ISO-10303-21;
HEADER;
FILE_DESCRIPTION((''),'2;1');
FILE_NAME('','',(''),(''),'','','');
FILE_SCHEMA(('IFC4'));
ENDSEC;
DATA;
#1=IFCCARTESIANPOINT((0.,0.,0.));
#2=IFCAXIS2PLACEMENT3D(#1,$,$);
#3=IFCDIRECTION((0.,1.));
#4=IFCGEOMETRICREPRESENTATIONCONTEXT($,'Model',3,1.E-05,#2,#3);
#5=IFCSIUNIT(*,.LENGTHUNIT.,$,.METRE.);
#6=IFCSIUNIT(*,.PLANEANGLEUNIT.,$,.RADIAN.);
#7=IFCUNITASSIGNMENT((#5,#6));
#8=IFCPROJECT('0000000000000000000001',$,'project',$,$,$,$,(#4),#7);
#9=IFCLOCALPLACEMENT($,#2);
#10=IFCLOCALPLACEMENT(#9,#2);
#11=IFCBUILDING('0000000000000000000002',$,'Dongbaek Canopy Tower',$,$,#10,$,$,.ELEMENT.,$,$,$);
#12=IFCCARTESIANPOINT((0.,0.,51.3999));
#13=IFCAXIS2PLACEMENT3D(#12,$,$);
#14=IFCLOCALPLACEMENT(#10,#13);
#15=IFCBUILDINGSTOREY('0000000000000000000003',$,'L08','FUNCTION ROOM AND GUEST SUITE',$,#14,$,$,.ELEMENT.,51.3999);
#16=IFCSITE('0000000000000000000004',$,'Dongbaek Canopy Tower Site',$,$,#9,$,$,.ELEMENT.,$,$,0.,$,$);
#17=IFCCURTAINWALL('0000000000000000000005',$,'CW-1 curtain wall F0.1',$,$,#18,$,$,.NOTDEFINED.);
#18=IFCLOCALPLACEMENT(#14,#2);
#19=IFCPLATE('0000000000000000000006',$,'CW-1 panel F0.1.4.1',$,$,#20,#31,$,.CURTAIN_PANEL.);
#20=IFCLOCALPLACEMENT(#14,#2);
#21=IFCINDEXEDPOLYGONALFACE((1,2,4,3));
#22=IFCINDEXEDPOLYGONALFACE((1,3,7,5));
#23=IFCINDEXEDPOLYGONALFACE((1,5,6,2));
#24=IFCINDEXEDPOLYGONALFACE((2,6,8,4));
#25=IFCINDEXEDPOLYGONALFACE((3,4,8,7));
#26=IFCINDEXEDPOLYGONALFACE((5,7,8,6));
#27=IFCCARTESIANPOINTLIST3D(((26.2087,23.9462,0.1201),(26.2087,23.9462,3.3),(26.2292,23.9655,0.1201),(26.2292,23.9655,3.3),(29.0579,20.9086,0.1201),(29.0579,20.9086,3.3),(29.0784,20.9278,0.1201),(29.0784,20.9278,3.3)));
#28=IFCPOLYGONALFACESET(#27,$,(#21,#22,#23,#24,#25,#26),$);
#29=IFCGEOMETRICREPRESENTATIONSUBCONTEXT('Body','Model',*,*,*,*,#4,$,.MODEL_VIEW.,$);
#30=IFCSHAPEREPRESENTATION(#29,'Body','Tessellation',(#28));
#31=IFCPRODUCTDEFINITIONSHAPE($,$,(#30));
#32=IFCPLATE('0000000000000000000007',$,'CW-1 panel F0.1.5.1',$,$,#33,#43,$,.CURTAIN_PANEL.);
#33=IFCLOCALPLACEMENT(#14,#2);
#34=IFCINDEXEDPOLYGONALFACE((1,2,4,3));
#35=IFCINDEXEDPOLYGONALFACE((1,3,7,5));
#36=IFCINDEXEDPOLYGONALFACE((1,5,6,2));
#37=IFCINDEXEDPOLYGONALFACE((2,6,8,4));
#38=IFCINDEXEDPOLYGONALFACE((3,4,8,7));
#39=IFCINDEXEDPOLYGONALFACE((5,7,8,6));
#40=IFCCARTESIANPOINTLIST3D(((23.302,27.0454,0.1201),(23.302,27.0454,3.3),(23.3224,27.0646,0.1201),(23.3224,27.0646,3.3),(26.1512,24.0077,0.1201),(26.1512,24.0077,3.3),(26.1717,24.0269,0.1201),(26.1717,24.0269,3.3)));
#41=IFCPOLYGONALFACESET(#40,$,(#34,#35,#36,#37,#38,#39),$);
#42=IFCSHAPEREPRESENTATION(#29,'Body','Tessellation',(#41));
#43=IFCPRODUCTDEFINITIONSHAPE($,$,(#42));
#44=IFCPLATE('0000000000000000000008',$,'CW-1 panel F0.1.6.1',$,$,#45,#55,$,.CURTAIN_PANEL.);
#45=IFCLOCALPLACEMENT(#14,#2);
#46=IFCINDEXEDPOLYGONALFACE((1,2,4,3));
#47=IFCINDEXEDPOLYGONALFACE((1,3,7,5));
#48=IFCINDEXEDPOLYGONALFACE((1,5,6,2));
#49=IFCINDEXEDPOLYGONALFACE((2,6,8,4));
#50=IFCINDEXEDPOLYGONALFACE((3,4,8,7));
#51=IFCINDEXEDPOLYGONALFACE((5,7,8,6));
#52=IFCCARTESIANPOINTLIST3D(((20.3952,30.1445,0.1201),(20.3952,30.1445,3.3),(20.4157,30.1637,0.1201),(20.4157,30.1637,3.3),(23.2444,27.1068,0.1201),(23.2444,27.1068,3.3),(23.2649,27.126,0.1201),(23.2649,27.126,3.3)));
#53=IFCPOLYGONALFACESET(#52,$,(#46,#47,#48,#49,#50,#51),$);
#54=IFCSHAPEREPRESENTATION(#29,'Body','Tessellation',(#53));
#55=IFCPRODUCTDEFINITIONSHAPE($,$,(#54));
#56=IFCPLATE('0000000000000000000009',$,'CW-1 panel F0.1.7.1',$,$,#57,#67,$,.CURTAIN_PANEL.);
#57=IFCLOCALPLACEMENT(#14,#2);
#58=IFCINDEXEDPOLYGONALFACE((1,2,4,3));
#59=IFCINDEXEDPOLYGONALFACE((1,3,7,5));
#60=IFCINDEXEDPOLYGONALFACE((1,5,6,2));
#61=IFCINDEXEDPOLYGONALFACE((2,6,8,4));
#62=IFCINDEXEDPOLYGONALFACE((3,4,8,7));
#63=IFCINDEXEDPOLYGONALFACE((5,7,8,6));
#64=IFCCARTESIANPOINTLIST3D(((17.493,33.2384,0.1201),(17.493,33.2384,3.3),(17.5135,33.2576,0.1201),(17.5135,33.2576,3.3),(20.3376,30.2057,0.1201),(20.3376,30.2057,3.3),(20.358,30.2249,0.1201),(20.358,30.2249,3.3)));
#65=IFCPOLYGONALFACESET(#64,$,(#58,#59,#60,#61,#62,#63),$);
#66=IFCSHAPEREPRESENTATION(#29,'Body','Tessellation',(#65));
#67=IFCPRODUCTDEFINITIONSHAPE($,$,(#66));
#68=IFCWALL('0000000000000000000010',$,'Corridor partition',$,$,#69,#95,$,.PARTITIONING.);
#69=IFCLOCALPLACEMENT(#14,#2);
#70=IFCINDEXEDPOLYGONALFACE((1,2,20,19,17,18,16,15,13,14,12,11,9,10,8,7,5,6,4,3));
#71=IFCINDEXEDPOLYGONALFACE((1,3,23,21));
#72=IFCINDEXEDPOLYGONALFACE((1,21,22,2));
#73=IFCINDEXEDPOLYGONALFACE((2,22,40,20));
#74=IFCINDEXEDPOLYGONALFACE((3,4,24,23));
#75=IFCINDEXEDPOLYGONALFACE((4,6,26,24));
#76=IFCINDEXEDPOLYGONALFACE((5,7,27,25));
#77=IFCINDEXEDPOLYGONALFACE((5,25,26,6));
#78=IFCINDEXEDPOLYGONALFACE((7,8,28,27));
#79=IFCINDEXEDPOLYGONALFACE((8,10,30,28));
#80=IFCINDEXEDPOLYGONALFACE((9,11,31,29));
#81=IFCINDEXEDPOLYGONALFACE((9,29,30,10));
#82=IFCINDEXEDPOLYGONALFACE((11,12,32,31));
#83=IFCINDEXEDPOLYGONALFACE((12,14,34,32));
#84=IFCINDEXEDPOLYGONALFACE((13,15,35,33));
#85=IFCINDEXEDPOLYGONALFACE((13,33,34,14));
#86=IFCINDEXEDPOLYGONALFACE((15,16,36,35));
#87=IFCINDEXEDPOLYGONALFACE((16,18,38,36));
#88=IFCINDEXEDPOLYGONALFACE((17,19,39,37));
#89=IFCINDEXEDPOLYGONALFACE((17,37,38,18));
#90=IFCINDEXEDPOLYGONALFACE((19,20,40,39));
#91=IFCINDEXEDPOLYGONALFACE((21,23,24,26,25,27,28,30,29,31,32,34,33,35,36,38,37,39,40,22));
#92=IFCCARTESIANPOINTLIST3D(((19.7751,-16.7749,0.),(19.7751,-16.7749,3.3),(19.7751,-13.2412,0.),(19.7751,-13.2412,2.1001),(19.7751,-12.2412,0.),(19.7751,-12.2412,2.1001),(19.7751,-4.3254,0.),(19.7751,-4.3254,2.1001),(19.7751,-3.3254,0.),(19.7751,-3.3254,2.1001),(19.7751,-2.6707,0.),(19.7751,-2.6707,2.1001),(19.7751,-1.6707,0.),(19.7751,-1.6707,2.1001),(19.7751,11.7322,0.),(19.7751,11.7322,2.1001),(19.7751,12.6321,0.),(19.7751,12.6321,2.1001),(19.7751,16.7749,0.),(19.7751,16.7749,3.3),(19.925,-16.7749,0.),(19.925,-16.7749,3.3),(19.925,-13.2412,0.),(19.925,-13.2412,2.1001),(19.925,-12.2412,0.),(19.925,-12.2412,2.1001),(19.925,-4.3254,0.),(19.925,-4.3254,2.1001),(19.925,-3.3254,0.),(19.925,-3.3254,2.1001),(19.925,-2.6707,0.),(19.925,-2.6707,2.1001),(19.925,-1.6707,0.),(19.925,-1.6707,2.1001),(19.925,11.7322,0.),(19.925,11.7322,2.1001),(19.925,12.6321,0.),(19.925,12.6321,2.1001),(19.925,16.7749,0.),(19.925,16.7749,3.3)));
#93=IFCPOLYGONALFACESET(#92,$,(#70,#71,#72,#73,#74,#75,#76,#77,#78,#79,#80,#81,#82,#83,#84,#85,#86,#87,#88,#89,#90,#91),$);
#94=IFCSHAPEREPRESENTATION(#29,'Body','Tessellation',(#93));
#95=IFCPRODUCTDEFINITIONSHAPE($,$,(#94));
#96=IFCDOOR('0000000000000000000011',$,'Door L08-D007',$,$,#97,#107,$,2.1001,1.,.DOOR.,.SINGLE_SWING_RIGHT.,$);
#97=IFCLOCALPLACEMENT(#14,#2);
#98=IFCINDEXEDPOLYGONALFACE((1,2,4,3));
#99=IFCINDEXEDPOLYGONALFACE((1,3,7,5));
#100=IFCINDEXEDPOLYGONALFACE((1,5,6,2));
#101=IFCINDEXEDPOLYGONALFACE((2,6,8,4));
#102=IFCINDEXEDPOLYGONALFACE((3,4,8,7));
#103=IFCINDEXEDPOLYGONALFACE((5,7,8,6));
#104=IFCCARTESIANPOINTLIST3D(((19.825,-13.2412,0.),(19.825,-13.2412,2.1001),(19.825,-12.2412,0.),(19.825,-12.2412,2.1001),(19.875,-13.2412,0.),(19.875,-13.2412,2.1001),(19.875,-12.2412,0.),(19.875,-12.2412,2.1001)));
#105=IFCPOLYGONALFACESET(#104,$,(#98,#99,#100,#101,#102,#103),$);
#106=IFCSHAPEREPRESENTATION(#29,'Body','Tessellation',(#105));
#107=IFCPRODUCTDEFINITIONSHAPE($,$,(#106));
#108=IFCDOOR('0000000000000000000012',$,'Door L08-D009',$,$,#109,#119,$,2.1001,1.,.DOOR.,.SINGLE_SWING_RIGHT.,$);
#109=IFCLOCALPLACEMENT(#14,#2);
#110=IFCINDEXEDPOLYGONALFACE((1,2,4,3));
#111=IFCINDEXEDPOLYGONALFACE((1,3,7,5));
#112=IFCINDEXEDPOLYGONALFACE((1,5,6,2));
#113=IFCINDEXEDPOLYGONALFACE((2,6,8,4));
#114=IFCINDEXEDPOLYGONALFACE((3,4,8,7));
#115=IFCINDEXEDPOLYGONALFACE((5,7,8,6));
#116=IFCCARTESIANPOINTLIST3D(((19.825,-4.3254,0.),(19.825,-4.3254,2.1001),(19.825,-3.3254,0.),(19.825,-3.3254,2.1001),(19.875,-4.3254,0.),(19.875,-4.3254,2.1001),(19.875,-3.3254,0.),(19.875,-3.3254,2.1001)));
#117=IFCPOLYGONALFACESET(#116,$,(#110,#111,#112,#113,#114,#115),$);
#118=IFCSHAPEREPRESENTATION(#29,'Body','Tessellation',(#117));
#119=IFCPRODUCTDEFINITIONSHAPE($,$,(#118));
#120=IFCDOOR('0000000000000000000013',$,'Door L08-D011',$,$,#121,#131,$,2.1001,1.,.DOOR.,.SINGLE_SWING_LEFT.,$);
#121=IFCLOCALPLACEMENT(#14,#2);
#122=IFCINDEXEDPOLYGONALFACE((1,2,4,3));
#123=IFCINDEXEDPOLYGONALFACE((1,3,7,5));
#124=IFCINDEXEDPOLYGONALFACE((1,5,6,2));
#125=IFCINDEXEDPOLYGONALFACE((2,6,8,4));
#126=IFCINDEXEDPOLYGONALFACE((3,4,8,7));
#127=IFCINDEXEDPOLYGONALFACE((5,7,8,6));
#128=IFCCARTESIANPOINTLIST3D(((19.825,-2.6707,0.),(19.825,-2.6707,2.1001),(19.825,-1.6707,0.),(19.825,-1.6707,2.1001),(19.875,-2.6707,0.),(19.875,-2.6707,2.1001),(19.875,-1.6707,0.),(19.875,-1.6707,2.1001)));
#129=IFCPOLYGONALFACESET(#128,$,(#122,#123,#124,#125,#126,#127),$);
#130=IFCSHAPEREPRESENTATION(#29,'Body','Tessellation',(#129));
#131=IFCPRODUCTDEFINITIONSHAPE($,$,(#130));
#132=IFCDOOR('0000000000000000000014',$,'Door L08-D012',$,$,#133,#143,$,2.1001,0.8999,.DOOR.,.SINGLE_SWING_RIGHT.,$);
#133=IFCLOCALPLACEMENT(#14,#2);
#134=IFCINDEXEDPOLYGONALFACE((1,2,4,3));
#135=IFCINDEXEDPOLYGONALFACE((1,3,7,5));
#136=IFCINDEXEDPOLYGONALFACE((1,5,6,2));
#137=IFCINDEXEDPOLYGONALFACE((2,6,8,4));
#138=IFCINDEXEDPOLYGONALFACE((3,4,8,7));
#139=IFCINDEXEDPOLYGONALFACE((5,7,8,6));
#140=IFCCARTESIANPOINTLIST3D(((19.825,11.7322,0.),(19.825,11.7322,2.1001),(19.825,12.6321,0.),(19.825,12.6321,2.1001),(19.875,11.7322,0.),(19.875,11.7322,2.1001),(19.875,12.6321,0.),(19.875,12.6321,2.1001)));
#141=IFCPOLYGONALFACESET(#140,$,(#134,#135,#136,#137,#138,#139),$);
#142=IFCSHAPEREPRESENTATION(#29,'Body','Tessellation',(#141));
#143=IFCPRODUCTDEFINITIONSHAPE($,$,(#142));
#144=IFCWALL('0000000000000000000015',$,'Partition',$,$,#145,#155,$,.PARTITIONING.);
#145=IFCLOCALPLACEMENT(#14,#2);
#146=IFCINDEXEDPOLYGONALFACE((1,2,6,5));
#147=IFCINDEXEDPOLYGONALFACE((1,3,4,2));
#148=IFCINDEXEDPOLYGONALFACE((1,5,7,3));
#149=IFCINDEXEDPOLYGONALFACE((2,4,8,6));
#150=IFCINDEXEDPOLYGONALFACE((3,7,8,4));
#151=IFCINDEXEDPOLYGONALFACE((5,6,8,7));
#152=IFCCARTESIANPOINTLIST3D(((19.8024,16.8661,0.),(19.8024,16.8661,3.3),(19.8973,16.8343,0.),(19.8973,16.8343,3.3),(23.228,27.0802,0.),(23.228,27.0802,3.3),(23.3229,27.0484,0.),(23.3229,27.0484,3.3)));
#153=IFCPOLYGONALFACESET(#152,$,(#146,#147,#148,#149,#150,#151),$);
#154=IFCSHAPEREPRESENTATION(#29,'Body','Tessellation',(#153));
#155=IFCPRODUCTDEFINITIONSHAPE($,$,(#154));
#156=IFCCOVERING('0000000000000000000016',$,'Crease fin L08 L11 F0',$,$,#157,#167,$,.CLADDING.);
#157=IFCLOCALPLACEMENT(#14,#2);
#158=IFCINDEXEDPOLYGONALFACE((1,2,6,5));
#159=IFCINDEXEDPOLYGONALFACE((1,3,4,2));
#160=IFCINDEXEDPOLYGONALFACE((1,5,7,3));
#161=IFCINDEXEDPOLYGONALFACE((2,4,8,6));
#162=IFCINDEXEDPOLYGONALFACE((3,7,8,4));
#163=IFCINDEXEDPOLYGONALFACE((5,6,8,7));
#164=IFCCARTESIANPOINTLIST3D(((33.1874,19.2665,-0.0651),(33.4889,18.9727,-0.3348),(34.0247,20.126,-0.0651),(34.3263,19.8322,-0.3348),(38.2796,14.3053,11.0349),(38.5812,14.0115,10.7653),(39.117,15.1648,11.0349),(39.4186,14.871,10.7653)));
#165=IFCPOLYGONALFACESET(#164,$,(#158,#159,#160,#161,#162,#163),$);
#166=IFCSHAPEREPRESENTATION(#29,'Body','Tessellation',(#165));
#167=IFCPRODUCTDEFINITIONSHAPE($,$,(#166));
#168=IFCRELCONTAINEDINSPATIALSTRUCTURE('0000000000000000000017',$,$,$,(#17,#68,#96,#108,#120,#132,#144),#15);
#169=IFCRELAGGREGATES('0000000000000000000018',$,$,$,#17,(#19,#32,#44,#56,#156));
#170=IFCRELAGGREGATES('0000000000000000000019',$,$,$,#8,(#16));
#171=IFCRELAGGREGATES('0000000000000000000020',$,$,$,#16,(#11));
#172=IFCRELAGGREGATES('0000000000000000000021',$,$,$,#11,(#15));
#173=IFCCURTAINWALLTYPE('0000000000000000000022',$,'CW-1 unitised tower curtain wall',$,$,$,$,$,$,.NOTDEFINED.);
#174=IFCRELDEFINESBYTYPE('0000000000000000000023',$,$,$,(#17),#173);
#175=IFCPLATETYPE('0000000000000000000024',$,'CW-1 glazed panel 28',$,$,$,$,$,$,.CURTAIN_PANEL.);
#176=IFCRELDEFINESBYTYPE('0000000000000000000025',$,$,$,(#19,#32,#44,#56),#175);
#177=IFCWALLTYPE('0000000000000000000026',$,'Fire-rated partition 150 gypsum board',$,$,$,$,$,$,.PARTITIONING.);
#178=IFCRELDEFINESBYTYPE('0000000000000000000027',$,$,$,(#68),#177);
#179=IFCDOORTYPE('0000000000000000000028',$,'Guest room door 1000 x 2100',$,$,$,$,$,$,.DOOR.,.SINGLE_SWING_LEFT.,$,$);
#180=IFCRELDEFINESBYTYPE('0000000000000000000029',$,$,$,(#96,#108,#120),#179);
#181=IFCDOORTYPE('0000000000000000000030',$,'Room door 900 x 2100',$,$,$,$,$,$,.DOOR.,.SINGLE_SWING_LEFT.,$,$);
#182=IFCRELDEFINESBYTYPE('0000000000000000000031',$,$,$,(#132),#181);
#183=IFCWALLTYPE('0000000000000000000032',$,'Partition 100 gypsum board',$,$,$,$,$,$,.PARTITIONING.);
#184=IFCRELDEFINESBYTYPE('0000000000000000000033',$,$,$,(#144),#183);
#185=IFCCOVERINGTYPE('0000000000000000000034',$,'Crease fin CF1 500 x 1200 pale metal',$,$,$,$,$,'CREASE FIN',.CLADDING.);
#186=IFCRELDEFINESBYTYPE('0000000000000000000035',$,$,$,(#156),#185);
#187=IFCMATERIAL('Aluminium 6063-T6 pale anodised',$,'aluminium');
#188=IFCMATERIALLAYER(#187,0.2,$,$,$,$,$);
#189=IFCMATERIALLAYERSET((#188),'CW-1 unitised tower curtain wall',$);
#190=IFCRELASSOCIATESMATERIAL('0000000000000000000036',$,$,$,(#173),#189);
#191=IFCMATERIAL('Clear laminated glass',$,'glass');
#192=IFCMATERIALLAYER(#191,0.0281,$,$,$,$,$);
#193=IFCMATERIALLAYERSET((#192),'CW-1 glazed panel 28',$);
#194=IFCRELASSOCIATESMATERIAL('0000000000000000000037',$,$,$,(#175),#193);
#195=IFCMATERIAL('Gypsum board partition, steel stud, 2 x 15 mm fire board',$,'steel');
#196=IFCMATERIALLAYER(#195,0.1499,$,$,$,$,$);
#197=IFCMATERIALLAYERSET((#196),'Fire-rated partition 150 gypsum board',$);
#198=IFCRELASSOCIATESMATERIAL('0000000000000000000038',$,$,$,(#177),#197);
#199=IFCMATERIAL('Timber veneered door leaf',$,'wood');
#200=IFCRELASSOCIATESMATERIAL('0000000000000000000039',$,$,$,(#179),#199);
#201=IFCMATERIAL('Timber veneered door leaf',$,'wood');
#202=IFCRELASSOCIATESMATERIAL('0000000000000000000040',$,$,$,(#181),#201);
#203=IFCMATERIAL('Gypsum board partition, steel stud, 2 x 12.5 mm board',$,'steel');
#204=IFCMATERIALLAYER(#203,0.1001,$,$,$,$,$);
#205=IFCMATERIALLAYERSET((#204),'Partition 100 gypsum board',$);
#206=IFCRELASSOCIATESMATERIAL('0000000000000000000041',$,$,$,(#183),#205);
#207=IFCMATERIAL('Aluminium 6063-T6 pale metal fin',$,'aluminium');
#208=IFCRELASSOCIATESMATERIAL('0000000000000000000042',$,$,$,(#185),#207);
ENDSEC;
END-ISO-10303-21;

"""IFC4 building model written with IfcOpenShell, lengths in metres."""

from ifc_helpers import new_model, si_unit, direction, frame, frame_2d, origin, origin_2d, place, context, subcontext, project, spatial, rectangle, extrude, material, layer, layer_set, material_profile, profile_set, type_object, element, fill, aggregate, save


model = new_model("IFC4")

# Units and contexts
model_context = context("Model", 3, precision=1e-05, world=origin(), true_north=direction((0.0, 1.0)))
body_context = subcontext(model_context, "Body", "Model", "MODEL_VIEW")
ifc_project = project(units=[si_unit("LENGTHUNIT", "METRE"), si_unit("PLANEANGLEUNIT", "RADIAN")], contexts=[model_context])

# Site, building, storey
site_placement = place(None, origin())
site = spatial("IfcSite", under=ifc_project, at=site_placement, Name="Dongbaek Canopy Tower Site", CompositionType="ELEMENT", RefElevation=0.0)
building_placement = place(site_placement, origin())
building = spatial("IfcBuilding", under=site, at=building_placement, Name="Dongbaek Canopy Tower", CompositionType="ELEMENT")
storey_placement = place(building_placement, frame((0.0, 0.0, 51.3999)))
storey = spatial("IfcBuildingStorey", under=building, at=storey_placement, Name="L08", Description="FUNCTION ROOM AND GUEST SUITE", CompositionType="ELEMENT", Elevation=51.3999)

# Curtain wall
ifc_material_1 = material(Name="Aluminium 6063-T6 pale anodised", Category="aluminium")
ifc_layer_1 = layer(ifc_material_1, 0.2)
ifc_layer_set_1 = layer_set([ifc_layer_1], Name="CW-1 unitised tower curtain wall")
curtain_wall_type = type_object("IfcCurtainWallType", Name="CW-1 unitised tower curtain wall", PredefinedType="NOTDEFINED", material=ifc_layer_set_1)
curtain_wall_placement = place(storey_placement, origin())
curtain_wall = element("IfcCurtainWall", 1, at=curtain_wall_placement, inside=storey, type_object=curtain_wall_type, Name="CW-1 curtain wall F0.1", PredefinedType="NOTDEFINED")

# Plates
ifc_material_2 = material(Name="Clear laminated glass", Category="glass")
ifc_layer_2 = layer(ifc_material_2, 0.0281)
ifc_layer_set_2 = layer_set([ifc_layer_2], Name="CW-1 glazed panel 28")
plate_type = type_object("IfcPlateType", Name="CW-1 glazed panel 28", PredefinedType="CURTAIN_PANEL", material=ifc_layer_set_2)
plate_1_placement = place(storey_placement, frame((27.6436, 22.437, 0.1201), z_axis=(0.0, 0.0, 1.0), x_axis=(-0.68412, 0.729369, 0.0)))
plate_1 = element("IfcPlate", 2, at=plate_1_placement, type_object=plate_type, Name="CW-1 panel F0.1.4.1", PredefinedType="CURTAIN_PANEL", context=body_context, shape_type="SweptSolid", body=[
    extrude(rectangle(XDim=4.1648, YDim=0.0281, at=origin_2d()), origin(), (0.0, 0.0, 1.0), 3.1799),
])
plate_2_placement = place(storey_placement, frame((24.7368, 25.5361, 0.1201), z_axis=(0.0, 0.0, 1.0), x_axis=(-0.68412, 0.729369, 0.0)))
plate_2 = element("IfcPlate", 3, at=plate_2_placement, type_object=plate_type, Name="CW-1 panel F0.1.5.1", PredefinedType="CURTAIN_PANEL", context=body_context, shape_type="SweptSolid", body=[
    extrude(rectangle(XDim=4.1648, YDim=0.0281, at=origin_2d()), origin(), (0.0, 0.0, 1.0), 3.1799),
])
plate_3_placement = place(storey_placement, frame((21.8301, 28.6353, 0.1201), z_axis=(0.0, 0.0, 1.0), x_axis=(-0.68412, 0.729369, 0.0)))
plate_3 = element("IfcPlate", 4, at=plate_3_placement, type_object=plate_type, Name="CW-1 panel F0.1.6.1", PredefinedType="CURTAIN_PANEL", context=body_context, shape_type="SweptSolid", body=[
    extrude(rectangle(XDim=4.1648, YDim=0.0281, at=origin_2d()), origin(), (0.0, 0.0, 1.0), 3.1799),
])
plate_4_placement = place(storey_placement, frame((18.9255, 31.7317, 0.1201), z_axis=(0.0, 0.0, 1.0), x_axis=(-0.68412, 0.729369, 0.0)))
plate_4 = element("IfcPlate", 5, at=plate_4_placement, type_object=plate_type, Name="CW-1 panel F0.1.7.1", PredefinedType="CURTAIN_PANEL", context=body_context, shape_type="SweptSolid", body=[
    extrude(rectangle(XDim=4.158, YDim=0.0281, at=origin_2d()), origin(), (0.0, 0.0, 1.0), 3.1799),
])

# Wall, openings, doors
ifc_material_3 = material(Name="Gypsum board partition, steel stud, 2 x 15 mm fire board", Category="steel")
ifc_layer_3 = layer(ifc_material_3, 0.1499)
ifc_layer_set_3 = layer_set([ifc_layer_3], Name="Fire-rated partition 150 gypsum board")
wall_type_1 = type_object("IfcWallType", Name="Fire-rated partition 150 gypsum board", PredefinedType="PARTITIONING", material=ifc_layer_set_3)
wall_1_placement = place(storey_placement, frame((19.8501, 16.7749, 0.0), z_axis=(0.0, 0.0, 1.0), x_axis=(0.0, -1.0, 0.0)))
wall_1 = element("IfcWall", 6, at=wall_1_placement, inside=storey, type_object=wall_type_1, Name="Corridor partition", PredefinedType="PARTITIONING", context=body_context, shape_type="SweptSolid", body=[
    extrude(rectangle(XDim=33.5498, YDim=0.1499, at=frame_2d((16.7749, 0.0))), origin(), (0.0, 0.0, 1.0), 3.3),
])
opening_1_placement = place(wall_1_placement, frame((29.0161, 0.0, 0.0)))
opening_1 = element("IfcOpeningElement", 7, at=opening_1_placement, cuts=wall_1, PredefinedType="OPENING", context=body_context, shape_type="SweptSolid", body=[
    extrude(rectangle(XDim=1.0, YDim=2.1001, at=frame_2d((0.5, 1.05))), frame((0.0, 0.085, 0.0), z_axis=(0.0, -1.0, 0.0), x_axis=(1.0, 0.0, 0.0)), (0.0, 0.0, 1.0), 0.1699),
])
opening_2_placement = place(wall_1_placement, frame((20.1003, 0.0, 0.0)))
opening_2 = element("IfcOpeningElement", 8, at=opening_2_placement, cuts=wall_1, PredefinedType="OPENING", context=body_context, shape_type="SweptSolid", body=[
    extrude(rectangle(XDim=1.0, YDim=2.1001, at=frame_2d((0.5, 1.05))), frame((0.0, 0.085, 0.0), z_axis=(0.0, -1.0, 0.0), x_axis=(1.0, 0.0, 0.0)), (0.0, 0.0, 1.0), 0.1699),
])
opening_3_placement = place(wall_1_placement, frame((18.4456, 0.0, 0.0)))
opening_3 = element("IfcOpeningElement", 9, at=opening_3_placement, cuts=wall_1, PredefinedType="OPENING", context=body_context, shape_type="SweptSolid", body=[
    extrude(rectangle(XDim=1.0, YDim=2.1001, at=frame_2d((0.5, 1.05))), frame((0.0, 0.085, 0.0), z_axis=(0.0, -1.0, 0.0), x_axis=(1.0, 0.0, 0.0)), (0.0, 0.0, 1.0), 0.1699),
])
opening_4_placement = place(wall_1_placement, frame((4.1428, 0.0, 0.0)))
opening_4 = element("IfcOpeningElement", 10, at=opening_4_placement, cuts=wall_1, PredefinedType="OPENING", context=body_context, shape_type="SweptSolid", body=[
    extrude(rectangle(XDim=0.8999, YDim=2.1001, at=frame_2d((0.45, 1.05))), frame((0.0, 0.085, 0.0), z_axis=(0.0, -1.0, 0.0), x_axis=(1.0, 0.0, 0.0)), (0.0, 0.0, 1.0), 0.1699),
])
ifc_material_4 = material(Name="Timber veneered door leaf", Category="wood")
door_type_1 = type_object("IfcDoorType", Name="Guest room door 1000 x 2100", OperationType="SINGLE_SWING_LEFT", PredefinedType="DOOR", material=ifc_material_4)
door_1_placement = place(opening_1_placement, origin())
door_1 = element("IfcDoor", 11, at=door_1_placement, inside=storey, type_object=door_type_1, Name="Door L08-D007", OperationType="SINGLE_SWING_RIGHT", OverallHeight=2.1001, OverallWidth=1.0, PredefinedType="DOOR", context=body_context, shape_type="SweptSolid", body=[
    extrude(rectangle(XDim=1.0, YDim=2.1001, at=frame_2d((0.5, 1.05))), frame((0.0, 0.0249, 0.0), z_axis=(0.0, -1.0, 0.0), x_axis=(1.0, 0.0, 0.0)), (0.0, 0.0, 1.0), 0.05),
])
fill(opening_1, door_1)
door_2_placement = place(opening_2_placement, origin())
door_2 = element("IfcDoor", 12, at=door_2_placement, inside=storey, type_object=door_type_1, Name="Door L08-D009", OperationType="SINGLE_SWING_RIGHT", OverallHeight=2.1001, OverallWidth=1.0, PredefinedType="DOOR", context=body_context, shape_type="SweptSolid", body=[
    extrude(rectangle(XDim=1.0, YDim=2.1001, at=frame_2d((0.5, 1.05))), frame((0.0, 0.0249, 0.0), z_axis=(0.0, -1.0, 0.0), x_axis=(1.0, 0.0, 0.0)), (0.0, 0.0, 1.0), 0.05),
])
fill(opening_2, door_2)
door_3_placement = place(opening_3_placement, origin())
door_3 = element("IfcDoor", 13, at=door_3_placement, inside=storey, type_object=door_type_1, Name="Door L08-D011", OperationType="SINGLE_SWING_LEFT", OverallHeight=2.1001, OverallWidth=1.0, PredefinedType="DOOR", context=body_context, shape_type="SweptSolid", body=[
    extrude(rectangle(XDim=1.0, YDim=2.1001, at=frame_2d((0.5, 1.05))), frame((0.0, 0.0249, 0.0), z_axis=(0.0, -1.0, 0.0), x_axis=(1.0, 0.0, 0.0)), (0.0, 0.0, 1.0), 0.05),
])
fill(opening_3, door_3)
ifc_material_5 = material(Name="Timber veneered door leaf", Category="wood")
door_type_2 = type_object("IfcDoorType", Name="Room door 900 x 2100", OperationType="SINGLE_SWING_LEFT", PredefinedType="DOOR", material=ifc_material_5)
door_4_placement = place(opening_4_placement, origin())
door_4 = element("IfcDoor", 14, at=door_4_placement, inside=storey, type_object=door_type_2, Name="Door L08-D012", OperationType="SINGLE_SWING_RIGHT", OverallHeight=2.1001, OverallWidth=0.8999, PredefinedType="DOOR", context=body_context, shape_type="SweptSolid", body=[
    extrude(rectangle(XDim=0.8999, YDim=2.1001, at=frame_2d((0.45, 1.05))), frame((0.0, 0.0249, 0.0), z_axis=(0.0, -1.0, 0.0), x_axis=(1.0, 0.0, 0.0)), (0.0, 0.0, 1.0), 0.05),
])
fill(opening_4, door_4)

# Wall
ifc_material_6 = material(Name="Gypsum board partition, steel stud, 2 x 12.5 mm board", Category="steel")
ifc_layer_4 = layer(ifc_material_6, 0.1001)
ifc_layer_set_4 = layer_set([ifc_layer_4], Name="Partition 100 gypsum board")
wall_type_2 = type_object("IfcWallType", Name="Partition 100 gypsum board", PredefinedType="PARTITIONING", material=ifc_layer_set_4)
wall_2_placement = place(storey_placement, frame((19.8499, 16.8501, 0.0), z_axis=(0.0, 0.0, 1.0), x_axis=(0.317968, 0.948102, 0.0)))
element("IfcWall", 15, at=wall_2_placement, inside=storey, type_object=wall_type_2, Name="Partition", PredefinedType="PARTITIONING", context=body_context, shape_type="SweptSolid", body=[
    extrude(rectangle(XDim=10.7732, YDim=0.1001, at=frame_2d((5.3867, 0.0))), origin(), (0.0, 0.0, 1.0), 3.3),
])

# Covering
ifc_material_7 = material(Name="Aluminium 6063-T6 pale metal fin", Category="aluminium")
ifc_material_profile_1 = material_profile(ifc_material_7, rectangle(XDim=1.2, YDim=0.5, at=origin_2d()), Name="Crease fin CF1 500 x 1200 pale metal")
ifc_profile_set_1 = profile_set([ifc_material_profile_1], Name="Aluminium 6063-T6 pale metal fin")
covering_type_1 = type_object("IfcCoveringType", Name="Crease fin CF1 500 x 1200 pale metal", ElementType="CREASE FIN", PredefinedType="CLADDING", material=ifc_profile_set_1)
covering_1_placement = place(storey_placement, frame((33.7568, 19.5493, -0.2), z_axis=(0.386315, -0.376369, 0.842085), x_axis=(0.697826, 0.716267, 0.0)))
covering_1 = element("IfcCovering", 16, at=covering_1_placement, type_object=covering_type_1, Name="Crease fin L08 L11 F0", PredefinedType="CLADDING", context=body_context, shape_type="SweptSolid", body=[
    extrude(rectangle(XDim=1.2, YDim=0.5, at=origin_2d()), origin(), (0.0, 0.0, 1.0), 13.1816),
])
aggregate(curtain_wall, [plate_1, plate_2, plate_3, plate_4, covering_1])

save(model, "model.ifc")
